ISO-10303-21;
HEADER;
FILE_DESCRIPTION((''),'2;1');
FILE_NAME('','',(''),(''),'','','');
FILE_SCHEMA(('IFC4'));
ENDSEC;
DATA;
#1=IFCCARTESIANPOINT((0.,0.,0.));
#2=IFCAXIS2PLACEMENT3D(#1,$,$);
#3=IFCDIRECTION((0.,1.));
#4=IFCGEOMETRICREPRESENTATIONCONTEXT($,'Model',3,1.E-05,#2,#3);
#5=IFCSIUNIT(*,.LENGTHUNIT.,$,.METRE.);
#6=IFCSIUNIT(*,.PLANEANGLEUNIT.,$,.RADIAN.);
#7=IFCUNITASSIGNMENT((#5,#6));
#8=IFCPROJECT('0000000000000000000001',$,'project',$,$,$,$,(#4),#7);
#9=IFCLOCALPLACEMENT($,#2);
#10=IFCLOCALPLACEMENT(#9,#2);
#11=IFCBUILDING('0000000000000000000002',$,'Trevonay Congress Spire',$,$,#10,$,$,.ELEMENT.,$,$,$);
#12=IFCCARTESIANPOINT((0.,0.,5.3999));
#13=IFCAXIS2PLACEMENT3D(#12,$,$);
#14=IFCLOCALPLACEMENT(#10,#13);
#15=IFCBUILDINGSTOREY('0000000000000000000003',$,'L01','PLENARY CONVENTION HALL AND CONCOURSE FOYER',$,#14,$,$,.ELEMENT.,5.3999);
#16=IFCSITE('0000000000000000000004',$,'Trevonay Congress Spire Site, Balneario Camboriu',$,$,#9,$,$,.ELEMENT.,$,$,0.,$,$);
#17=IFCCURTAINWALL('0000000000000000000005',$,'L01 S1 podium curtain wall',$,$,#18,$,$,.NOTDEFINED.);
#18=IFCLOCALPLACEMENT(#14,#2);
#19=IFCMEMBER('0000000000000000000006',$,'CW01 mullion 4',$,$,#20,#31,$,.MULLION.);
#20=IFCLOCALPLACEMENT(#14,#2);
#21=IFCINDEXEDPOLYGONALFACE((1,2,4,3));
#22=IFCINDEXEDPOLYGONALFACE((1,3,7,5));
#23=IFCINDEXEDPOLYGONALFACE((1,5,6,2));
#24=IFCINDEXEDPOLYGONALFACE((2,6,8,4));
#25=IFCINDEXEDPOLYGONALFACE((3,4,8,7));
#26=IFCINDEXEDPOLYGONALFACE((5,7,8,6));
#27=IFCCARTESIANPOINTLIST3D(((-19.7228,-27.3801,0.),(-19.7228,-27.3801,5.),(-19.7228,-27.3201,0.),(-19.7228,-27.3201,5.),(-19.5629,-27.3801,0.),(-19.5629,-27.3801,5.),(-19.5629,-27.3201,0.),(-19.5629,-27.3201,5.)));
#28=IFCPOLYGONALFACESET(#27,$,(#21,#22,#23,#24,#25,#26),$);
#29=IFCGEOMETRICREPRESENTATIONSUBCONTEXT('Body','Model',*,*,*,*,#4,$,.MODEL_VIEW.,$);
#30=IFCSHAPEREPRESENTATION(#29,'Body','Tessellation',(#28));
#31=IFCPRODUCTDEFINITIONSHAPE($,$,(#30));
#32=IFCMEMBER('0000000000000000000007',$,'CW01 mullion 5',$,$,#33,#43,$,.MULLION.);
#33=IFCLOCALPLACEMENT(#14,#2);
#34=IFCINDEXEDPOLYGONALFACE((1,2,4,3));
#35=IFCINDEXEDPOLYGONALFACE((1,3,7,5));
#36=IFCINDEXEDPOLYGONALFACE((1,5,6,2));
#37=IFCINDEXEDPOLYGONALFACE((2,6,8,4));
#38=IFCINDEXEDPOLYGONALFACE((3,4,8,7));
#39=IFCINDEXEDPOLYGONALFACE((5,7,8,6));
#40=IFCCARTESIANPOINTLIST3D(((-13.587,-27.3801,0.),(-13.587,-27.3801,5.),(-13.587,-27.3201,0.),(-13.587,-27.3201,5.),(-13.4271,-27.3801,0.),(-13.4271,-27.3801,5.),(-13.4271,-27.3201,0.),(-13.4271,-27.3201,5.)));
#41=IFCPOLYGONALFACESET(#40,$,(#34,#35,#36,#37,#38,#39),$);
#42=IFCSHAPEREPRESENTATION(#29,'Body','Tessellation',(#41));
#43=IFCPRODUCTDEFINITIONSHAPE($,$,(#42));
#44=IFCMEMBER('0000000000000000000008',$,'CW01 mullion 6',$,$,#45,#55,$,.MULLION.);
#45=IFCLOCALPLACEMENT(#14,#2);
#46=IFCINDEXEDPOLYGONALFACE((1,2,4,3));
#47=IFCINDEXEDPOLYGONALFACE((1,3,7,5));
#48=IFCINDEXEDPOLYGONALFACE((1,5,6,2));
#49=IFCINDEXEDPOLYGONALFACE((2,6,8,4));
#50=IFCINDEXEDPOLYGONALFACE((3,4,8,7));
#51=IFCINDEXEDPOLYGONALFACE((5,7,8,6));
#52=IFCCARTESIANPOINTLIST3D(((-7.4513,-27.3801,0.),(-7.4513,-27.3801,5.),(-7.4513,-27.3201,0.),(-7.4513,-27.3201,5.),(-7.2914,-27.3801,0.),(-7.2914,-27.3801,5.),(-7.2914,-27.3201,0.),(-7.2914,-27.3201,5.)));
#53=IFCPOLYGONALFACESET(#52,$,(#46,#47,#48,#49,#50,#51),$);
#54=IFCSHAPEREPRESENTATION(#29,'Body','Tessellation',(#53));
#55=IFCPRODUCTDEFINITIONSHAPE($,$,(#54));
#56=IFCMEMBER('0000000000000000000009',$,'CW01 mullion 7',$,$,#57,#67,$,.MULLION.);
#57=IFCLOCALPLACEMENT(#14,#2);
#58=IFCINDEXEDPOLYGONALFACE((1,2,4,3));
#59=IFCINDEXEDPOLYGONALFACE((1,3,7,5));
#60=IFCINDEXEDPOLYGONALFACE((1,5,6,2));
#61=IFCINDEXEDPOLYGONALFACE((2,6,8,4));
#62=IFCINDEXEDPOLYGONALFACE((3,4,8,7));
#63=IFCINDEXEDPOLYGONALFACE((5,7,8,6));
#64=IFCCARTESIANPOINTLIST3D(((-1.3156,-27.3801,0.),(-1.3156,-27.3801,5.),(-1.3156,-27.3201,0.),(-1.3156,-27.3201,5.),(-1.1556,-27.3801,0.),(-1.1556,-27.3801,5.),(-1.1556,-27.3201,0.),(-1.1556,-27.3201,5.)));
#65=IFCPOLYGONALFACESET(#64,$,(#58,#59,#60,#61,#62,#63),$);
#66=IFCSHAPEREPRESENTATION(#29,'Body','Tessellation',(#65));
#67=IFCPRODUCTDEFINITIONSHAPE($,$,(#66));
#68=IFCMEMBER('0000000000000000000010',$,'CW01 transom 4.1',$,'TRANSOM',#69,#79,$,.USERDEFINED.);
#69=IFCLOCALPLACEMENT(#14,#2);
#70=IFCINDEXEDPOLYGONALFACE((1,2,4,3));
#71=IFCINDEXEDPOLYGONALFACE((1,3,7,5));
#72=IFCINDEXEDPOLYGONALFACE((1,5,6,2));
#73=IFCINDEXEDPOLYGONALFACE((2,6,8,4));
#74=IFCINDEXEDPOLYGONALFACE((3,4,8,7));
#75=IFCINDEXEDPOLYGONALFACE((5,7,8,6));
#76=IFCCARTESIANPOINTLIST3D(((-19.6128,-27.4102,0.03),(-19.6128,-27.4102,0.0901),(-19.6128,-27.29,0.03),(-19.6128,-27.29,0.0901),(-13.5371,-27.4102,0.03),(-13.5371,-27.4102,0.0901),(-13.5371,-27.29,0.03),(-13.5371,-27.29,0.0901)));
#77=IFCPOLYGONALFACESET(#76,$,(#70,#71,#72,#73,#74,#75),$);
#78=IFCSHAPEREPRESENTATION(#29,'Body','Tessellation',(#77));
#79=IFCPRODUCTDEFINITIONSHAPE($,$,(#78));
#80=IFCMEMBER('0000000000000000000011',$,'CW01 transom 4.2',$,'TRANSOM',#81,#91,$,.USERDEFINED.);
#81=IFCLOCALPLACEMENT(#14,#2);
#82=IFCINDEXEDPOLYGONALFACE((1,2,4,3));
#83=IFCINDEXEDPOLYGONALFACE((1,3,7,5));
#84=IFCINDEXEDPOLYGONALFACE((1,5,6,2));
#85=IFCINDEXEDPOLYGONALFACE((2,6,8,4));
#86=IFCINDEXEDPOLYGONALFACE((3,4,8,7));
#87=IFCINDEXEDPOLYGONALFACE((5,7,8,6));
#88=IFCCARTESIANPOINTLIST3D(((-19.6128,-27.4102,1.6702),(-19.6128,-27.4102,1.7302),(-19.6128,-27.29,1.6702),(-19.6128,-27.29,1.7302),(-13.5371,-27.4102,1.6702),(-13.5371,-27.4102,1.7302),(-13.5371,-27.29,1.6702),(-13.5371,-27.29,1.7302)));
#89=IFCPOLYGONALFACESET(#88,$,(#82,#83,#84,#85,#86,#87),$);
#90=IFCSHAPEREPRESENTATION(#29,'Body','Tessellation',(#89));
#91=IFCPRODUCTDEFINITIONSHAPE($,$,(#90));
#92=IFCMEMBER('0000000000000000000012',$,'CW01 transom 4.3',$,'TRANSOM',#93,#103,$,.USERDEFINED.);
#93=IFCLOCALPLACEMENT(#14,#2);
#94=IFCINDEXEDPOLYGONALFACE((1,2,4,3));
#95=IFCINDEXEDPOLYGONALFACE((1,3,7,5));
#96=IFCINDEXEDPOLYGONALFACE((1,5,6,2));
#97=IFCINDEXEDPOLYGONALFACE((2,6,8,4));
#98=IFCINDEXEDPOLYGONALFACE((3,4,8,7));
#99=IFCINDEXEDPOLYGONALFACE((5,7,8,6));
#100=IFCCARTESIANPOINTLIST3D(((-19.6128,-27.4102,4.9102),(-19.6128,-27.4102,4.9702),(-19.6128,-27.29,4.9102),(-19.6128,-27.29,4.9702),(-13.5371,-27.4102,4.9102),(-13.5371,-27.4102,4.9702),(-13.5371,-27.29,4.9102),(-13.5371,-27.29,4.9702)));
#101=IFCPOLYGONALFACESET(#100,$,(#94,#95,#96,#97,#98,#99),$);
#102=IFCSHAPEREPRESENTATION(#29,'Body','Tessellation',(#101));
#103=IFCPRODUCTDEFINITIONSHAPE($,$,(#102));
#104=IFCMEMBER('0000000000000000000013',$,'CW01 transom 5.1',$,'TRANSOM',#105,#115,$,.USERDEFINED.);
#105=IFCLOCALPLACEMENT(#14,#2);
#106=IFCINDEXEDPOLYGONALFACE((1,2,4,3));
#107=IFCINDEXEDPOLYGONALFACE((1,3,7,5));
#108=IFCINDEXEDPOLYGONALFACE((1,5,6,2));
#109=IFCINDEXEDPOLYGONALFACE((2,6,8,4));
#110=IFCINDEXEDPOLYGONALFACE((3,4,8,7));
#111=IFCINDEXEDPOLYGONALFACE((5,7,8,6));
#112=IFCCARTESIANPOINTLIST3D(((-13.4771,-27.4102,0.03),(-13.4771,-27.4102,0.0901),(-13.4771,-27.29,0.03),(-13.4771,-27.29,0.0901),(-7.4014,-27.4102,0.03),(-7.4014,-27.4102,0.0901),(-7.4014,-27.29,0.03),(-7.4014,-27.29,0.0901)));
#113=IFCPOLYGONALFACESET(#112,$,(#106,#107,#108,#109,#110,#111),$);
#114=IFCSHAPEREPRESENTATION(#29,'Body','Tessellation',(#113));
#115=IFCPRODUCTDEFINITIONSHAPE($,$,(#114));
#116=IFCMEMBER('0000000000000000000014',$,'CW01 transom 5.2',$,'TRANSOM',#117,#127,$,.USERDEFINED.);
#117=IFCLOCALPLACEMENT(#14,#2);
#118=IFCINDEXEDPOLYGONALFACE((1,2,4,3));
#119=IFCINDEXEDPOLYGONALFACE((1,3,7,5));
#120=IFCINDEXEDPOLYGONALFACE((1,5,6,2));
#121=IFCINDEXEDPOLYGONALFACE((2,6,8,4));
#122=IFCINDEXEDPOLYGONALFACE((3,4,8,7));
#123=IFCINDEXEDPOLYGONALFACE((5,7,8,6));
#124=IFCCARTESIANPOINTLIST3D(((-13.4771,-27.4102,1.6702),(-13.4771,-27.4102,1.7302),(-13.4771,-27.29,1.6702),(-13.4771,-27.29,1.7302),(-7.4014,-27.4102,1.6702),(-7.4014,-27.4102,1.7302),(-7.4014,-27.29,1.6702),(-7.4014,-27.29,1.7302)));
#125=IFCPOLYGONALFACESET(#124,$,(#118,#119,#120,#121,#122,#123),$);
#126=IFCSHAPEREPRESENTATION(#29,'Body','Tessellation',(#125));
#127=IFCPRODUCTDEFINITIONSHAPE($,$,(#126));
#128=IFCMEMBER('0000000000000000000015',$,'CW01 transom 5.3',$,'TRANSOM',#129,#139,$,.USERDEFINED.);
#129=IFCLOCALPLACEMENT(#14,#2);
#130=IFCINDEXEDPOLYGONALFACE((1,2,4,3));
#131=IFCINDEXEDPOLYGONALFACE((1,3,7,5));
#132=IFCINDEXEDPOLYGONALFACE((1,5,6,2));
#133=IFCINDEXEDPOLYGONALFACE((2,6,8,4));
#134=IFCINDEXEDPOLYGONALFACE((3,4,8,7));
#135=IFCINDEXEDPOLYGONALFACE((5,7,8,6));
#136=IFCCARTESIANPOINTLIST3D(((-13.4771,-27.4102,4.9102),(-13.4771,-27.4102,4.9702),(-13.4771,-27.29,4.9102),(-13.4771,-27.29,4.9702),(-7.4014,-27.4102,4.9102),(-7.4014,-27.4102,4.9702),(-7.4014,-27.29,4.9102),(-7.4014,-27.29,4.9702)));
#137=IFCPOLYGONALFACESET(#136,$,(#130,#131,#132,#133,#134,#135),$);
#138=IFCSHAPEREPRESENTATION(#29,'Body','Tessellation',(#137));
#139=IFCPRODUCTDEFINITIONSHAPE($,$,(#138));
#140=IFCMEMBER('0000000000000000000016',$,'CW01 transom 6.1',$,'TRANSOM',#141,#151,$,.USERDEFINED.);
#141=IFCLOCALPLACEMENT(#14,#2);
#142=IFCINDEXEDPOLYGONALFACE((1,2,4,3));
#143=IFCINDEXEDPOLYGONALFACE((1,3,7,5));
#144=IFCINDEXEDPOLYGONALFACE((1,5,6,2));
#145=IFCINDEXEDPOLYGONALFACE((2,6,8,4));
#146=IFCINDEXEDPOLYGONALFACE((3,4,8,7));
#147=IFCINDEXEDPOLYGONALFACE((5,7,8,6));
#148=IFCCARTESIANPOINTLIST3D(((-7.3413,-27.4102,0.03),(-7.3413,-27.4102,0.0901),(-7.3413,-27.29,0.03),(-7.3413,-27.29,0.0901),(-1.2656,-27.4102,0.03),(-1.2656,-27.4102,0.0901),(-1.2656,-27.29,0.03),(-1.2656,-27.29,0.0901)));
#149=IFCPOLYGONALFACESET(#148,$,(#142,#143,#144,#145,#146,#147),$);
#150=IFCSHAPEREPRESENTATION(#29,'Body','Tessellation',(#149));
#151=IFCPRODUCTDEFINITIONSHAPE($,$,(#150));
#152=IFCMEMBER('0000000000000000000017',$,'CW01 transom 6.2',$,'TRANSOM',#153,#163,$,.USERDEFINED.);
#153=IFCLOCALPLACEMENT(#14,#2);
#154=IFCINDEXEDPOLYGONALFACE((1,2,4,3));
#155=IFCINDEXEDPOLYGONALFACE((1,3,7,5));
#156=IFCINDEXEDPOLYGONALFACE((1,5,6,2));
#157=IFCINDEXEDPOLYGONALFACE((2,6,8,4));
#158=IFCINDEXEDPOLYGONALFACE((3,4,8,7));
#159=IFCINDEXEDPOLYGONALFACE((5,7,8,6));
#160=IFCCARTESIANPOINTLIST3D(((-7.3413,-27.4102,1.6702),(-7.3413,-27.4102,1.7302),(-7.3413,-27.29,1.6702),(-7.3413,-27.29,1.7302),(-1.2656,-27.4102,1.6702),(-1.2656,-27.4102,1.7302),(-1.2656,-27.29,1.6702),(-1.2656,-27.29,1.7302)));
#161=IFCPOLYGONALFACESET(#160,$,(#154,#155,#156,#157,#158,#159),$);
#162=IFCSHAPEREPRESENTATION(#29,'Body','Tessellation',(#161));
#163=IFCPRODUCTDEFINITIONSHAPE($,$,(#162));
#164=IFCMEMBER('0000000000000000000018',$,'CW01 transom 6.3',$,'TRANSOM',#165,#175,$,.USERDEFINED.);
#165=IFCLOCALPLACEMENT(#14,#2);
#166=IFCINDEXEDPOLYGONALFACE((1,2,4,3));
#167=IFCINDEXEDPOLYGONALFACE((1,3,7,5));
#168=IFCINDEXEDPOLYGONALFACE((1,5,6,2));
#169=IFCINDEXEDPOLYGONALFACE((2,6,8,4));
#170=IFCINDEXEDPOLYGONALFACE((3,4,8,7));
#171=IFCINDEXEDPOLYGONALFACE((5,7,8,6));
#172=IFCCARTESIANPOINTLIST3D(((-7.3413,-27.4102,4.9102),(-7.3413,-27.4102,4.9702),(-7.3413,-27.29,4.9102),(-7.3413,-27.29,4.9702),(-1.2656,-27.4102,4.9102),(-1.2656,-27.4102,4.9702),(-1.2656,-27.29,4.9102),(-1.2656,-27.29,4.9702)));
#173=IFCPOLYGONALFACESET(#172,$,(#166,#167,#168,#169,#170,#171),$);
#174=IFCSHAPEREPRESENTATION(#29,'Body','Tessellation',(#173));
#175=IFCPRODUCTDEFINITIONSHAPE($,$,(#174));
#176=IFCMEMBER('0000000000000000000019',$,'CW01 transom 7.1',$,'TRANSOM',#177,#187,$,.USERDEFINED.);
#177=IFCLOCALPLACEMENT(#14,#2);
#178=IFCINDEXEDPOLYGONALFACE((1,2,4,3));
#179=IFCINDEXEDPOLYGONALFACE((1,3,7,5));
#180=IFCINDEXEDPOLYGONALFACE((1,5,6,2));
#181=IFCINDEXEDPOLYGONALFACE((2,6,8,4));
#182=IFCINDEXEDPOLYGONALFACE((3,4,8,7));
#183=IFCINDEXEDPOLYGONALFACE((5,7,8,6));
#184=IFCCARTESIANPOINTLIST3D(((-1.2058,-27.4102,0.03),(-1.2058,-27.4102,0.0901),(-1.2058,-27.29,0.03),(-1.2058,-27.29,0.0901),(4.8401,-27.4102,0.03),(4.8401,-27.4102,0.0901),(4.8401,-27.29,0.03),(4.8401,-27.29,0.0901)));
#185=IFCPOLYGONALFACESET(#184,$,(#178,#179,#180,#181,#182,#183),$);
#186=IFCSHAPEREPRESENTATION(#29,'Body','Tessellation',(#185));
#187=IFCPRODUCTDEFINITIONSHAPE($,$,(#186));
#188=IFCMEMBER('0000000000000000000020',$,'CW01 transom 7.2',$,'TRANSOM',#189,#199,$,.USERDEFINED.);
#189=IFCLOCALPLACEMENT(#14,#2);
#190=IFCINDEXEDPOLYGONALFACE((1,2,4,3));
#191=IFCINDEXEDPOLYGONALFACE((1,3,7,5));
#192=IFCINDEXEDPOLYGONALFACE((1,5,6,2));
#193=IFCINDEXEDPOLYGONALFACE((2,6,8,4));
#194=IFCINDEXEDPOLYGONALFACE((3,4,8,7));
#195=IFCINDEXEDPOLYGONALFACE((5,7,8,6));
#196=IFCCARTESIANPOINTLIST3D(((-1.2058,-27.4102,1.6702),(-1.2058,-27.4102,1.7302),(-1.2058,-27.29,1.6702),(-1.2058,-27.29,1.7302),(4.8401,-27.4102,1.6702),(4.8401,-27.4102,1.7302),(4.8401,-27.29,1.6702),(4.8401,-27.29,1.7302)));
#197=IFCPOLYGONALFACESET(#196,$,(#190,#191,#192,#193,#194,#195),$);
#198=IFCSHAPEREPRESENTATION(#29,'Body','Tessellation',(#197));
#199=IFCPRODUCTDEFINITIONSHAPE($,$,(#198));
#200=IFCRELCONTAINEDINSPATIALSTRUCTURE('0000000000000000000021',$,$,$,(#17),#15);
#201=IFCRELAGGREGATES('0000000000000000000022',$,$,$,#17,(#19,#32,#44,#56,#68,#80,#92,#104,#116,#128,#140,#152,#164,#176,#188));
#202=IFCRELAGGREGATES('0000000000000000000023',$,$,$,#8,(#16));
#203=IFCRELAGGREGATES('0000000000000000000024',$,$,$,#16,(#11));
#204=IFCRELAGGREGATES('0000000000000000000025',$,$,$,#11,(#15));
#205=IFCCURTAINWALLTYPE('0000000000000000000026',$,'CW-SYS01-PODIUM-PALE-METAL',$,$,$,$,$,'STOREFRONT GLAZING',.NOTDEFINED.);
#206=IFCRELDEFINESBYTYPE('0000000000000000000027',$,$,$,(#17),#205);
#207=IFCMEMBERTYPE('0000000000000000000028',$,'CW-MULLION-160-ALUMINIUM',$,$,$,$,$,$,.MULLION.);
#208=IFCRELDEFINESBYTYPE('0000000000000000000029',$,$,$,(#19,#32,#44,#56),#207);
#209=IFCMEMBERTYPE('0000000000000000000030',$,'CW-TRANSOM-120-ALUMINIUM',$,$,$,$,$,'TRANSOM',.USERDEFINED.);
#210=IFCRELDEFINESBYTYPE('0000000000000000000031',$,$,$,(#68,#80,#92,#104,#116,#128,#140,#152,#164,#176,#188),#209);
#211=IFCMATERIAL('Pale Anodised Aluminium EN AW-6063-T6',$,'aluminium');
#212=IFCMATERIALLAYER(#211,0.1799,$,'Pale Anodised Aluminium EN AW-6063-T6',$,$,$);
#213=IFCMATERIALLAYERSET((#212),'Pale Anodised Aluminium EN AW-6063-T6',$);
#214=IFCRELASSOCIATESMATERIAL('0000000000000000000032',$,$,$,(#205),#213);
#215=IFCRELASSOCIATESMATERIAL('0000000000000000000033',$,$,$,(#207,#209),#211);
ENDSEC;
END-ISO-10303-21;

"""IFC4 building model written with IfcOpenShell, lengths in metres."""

from ifc_helpers import new_model, si_unit, direction, frame, origin, origin_2d, place, context, subcontext, project, spatial, rectangle, extrude, material, layer, layer_set, material_profile, profile_set, type_object, element, aggregate, save


model = new_model("IFC4")

# Units and contexts
model_context = context("Model", 3, precision=1e-05, world=origin(), true_north=direction((0.0, 1.0)))
body_context = subcontext(model_context, "Body", "Model", "MODEL_VIEW")
ifc_project = project(units=[si_unit("LENGTHUNIT", "METRE"), si_unit("PLANEANGLEUNIT", "RADIAN")], contexts=[model_context])

# Site, building, storey
site_placement = place(None, origin())
site = spatial("IfcSite", under=ifc_project, at=site_placement, Name="Trevonay Congress Spire Site, Balneario Camboriu", CompositionType="ELEMENT", RefElevation=0.0)
building_placement = place(site_placement, origin())
building = spatial("IfcBuilding", under=site, at=building_placement, Name="Trevonay Congress Spire", CompositionType="ELEMENT")
storey_placement = place(building_placement, frame((0.0, 0.0, 5.3999)))
storey = spatial("IfcBuildingStorey", under=building, at=storey_placement, Name="L01", Description="PLENARY CONVENTION HALL AND CONCOURSE FOYER", CompositionType="ELEMENT", Elevation=5.3999)

# Curtain wall, members
ifc_material_1 = material(Name="Pale Anodised Aluminium EN AW-6063-T6", Category="aluminium")
ifc_layer_1 = layer(ifc_material_1, 0.1799, Name="Pale Anodised Aluminium EN AW-6063-T6")
ifc_layer_set_1 = layer_set([ifc_layer_1], Name="Pale Anodised Aluminium EN AW-6063-T6")
curtain_wall_type = type_object("IfcCurtainWallType", Name="CW-SYS01-PODIUM-PALE-METAL", ElementType="STOREFRONT GLAZING", PredefinedType="NOTDEFINED", material=ifc_layer_set_1)
curtain_wall_placement = place(storey_placement, origin())
curtain_wall = element("IfcCurtainWall", 1, at=curtain_wall_placement, inside=storey, type_object=curtain_wall_type, Name="L01 S1 podium curtain wall", PredefinedType="NOTDEFINED")
ifc_material_profile_1 = material_profile(ifc_material_1, rectangle(XDim=0.0601, YDim=0.1599, at=origin_2d()), Name="CW-MULLION-160-ALUMINIUM")
ifc_profile_set_1 = profile_set([ifc_material_profile_1], Name="Pale Anodised Aluminium EN AW-6063-T6")
member_type_1 = type_object("IfcMemberType", Name="CW-MULLION-160-ALUMINIUM", PredefinedType="MULLION", material=ifc_profile_set_1)
member_1_placement = place(storey_placement, frame((-19.6428, -27.3501, 0.0), z_axis=(0.0, 0.0, 1.0), x_axis=(0.0, 1.0, 0.0)))
member_1 = element("IfcMember", 2, at=member_1_placement, type_object=member_type_1, Name="CW01 mullion 4", PredefinedType="MULLION", context=body_context, shape_type="SweptSolid", body=[
    extrude(rectangle(XDim=0.0601, YDim=0.1599, at=origin_2d()), origin(), (0.0, 0.0, 1.0), 5.0),
])
member_2_placement = place(storey_placement, frame((-13.5071, -27.3501, 0.0), z_axis=(0.0, 0.0, 1.0), x_axis=(0.0, 1.0, 0.0)))
member_2 = element("IfcMember", 3, at=member_2_placement, type_object=member_type_1, Name="CW01 mullion 5", PredefinedType="MULLION", context=body_context, shape_type="SweptSolid", body=[
    extrude(rectangle(XDim=0.0601, YDim=0.1599, at=origin_2d()), origin(), (0.0, 0.0, 1.0), 5.0),
])
member_3_placement = place(storey_placement, frame((-7.3713, -27.3501, 0.0), z_axis=(0.0, 0.0, 1.0), x_axis=(0.0, 1.0, 0.0)))
member_3 = element("IfcMember", 4, at=member_3_placement, type_object=member_type_1, Name="CW01 mullion 6", PredefinedType="MULLION", context=body_context, shape_type="SweptSolid", body=[
    extrude(rectangle(XDim=0.0601, YDim=0.1599, at=origin_2d()), origin(), (0.0, 0.0, 1.0), 5.0),
])
member_4_placement = place(storey_placement, frame((-1.2356, -27.3501, 0.0), z_axis=(0.0, 0.0, 1.0), x_axis=(0.0, 1.0, 0.0)))
member_4 = element("IfcMember", 5, at=member_4_placement, type_object=member_type_1, Name="CW01 mullion 7", PredefinedType="MULLION", context=body_context, shape_type="SweptSolid", body=[
    extrude(rectangle(XDim=0.0601, YDim=0.1599, at=origin_2d()), origin(), (0.0, 0.0, 1.0), 5.0),
])
ifc_material_profile_2 = material_profile(ifc_material_1, rectangle(XDim=0.1201, YDim=0.0601, at=origin_2d()), Name="CW-TRANSOM-120-ALUMINIUM")
ifc_profile_set_2 = profile_set([ifc_material_profile_2], Name="Pale Anodised Aluminium EN AW-6063-T6")
member_type_2 = type_object("IfcMemberType", Name="CW-TRANSOM-120-ALUMINIUM", ElementType="TRANSOM", PredefinedType="USERDEFINED", material=ifc_profile_set_2)
member_5_placement = place(storey_placement, frame((-19.6128, -27.3501, 0.0601), z_axis=(1.0, 0.0, 0.0), x_axis=(0.0, 1.0, 0.0)))
member_5 = element("IfcMember", 6, at=member_5_placement, type_object=member_type_2, Name="CW01 transom 4.1", ObjectType="TRANSOM", PredefinedType="USERDEFINED", context=body_context, shape_type="SweptSolid", body=[
    extrude(rectangle(XDim=0.1201, YDim=0.0601, at=origin_2d()), origin(), (0.0, 0.0, 1.0), 6.0757),
])
member_6_placement = place(storey_placement, frame((-19.6128, -27.3501, 1.7002), z_axis=(1.0, 0.0, 0.0), x_axis=(0.0, 1.0, 0.0)))
member_6 = element("IfcMember", 7, at=member_6_placement, type_object=member_type_2, Name="CW01 transom 4.2", ObjectType="TRANSOM", PredefinedType="USERDEFINED", context=body_context, shape_type="SweptSolid", body=[
    extrude(rectangle(XDim=0.1201, YDim=0.0601, at=origin_2d()), origin(), (0.0, 0.0, 1.0), 6.0757),
])
member_7_placement = place(storey_placement, frame((-19.6128, -27.3501, 4.9402), z_axis=(1.0, 0.0, 0.0), x_axis=(0.0, 1.0, 0.0)))
member_7 = element("IfcMember", 8, at=member_7_placement, type_object=member_type_2, Name="CW01 transom 4.3", ObjectType="TRANSOM", PredefinedType="USERDEFINED", context=body_context, shape_type="SweptSolid", body=[
    extrude(rectangle(XDim=0.1201, YDim=0.0601, at=origin_2d()), origin(), (0.0, 0.0, 1.0), 6.0757),
])
member_8_placement = place(storey_placement, frame((-13.4771, -27.3501, 0.0601), z_axis=(1.0, 0.0, 0.0), x_axis=(0.0, 1.0, 0.0)))
member_8 = element("IfcMember", 9, at=member_8_placement, type_object=member_type_2, Name="CW01 transom 5.1", ObjectType="TRANSOM", PredefinedType="USERDEFINED", context=body_context, shape_type="SweptSolid", body=[
    extrude(rectangle(XDim=0.1201, YDim=0.0601, at=origin_2d()), origin(), (0.0, 0.0, 1.0), 6.0757),
])
member_9_placement = place(storey_placement, frame((-13.4771, -27.3501, 1.7002), z_axis=(1.0, 0.0, 0.0), x_axis=(0.0, 1.0, 0.0)))
member_9 = element("IfcMember", 10, at=member_9_placement, type_object=member_type_2, Name="CW01 transom 5.2", ObjectType="TRANSOM", PredefinedType="USERDEFINED", context=body_context, shape_type="SweptSolid", body=[
    extrude(rectangle(XDim=0.1201, YDim=0.0601, at=origin_2d()), origin(), (0.0, 0.0, 1.0), 6.0757),
])
member_10_placement = place(storey_placement, frame((-13.4771, -27.3501, 4.9402), z_axis=(1.0, 0.0, 0.0), x_axis=(0.0, 1.0, 0.0)))
member_10 = element("IfcMember", 11, at=member_10_placement, type_object=member_type_2, Name="CW01 transom 5.3", ObjectType="TRANSOM", PredefinedType="USERDEFINED", context=body_context, shape_type="SweptSolid", body=[
    extrude(rectangle(XDim=0.1201, YDim=0.0601, at=origin_2d()), origin(), (0.0, 0.0, 1.0), 6.0757),
])
member_11_placement = place(storey_placement, frame((-7.3413, -27.3501, 0.0601), z_axis=(1.0, 0.0, 0.0), x_axis=(0.0, 1.0, 0.0)))
member_11 = element("IfcMember", 12, at=member_11_placement, type_object=member_type_2, Name="CW01 transom 6.1", ObjectType="TRANSOM", PredefinedType="USERDEFINED", context=body_context, shape_type="SweptSolid", body=[
    extrude(rectangle(XDim=0.1201, YDim=0.0601, at=origin_2d()), origin(), (0.0, 0.0, 1.0), 6.0757),
])
member_12_placement = place(storey_placement, frame((-7.3413, -27.3501, 1.7002), z_axis=(1.0, 0.0, 0.0), x_axis=(0.0, 1.0, 0.0)))
member_12 = element("IfcMember", 13, at=member_12_placement, type_object=member_type_2, Name="CW01 transom 6.2", ObjectType="TRANSOM", PredefinedType="USERDEFINED", context=body_context, shape_type="SweptSolid", body=[
    extrude(rectangle(XDim=0.1201, YDim=0.0601, at=origin_2d()), origin(), (0.0, 0.0, 1.0), 6.0757),
])
member_13_placement = place(storey_placement, frame((-7.3413, -27.3501, 4.9402), z_axis=(1.0, 0.0, 0.0), x_axis=(0.0, 1.0, 0.0)))
member_13 = element("IfcMember", 14, at=member_13_placement, type_object=member_type_2, Name="CW01 transom 6.3", ObjectType="TRANSOM", PredefinedType="USERDEFINED", context=body_context, shape_type="SweptSolid", body=[
    extrude(rectangle(XDim=0.1201, YDim=0.0601, at=origin_2d()), origin(), (0.0, 0.0, 1.0), 6.0757),
])
member_14_placement = place(storey_placement, frame((-1.2058, -27.3501, 0.0601), z_axis=(1.0, 0.0, 0.0), x_axis=(0.0, 1.0, 0.0)))
member_14 = element("IfcMember", 15, at=member_14_placement, type_object=member_type_2, Name="CW01 transom 7.1", ObjectType="TRANSOM", PredefinedType="USERDEFINED", context=body_context, shape_type="SweptSolid", body=[
    extrude(rectangle(XDim=0.1201, YDim=0.0601, at=origin_2d()), origin(), (0.0, 0.0, 1.0), 6.0459),
])
member_15_placement = place(storey_placement, frame((-1.2058, -27.3501, 1.7002), z_axis=(1.0, 0.0, 0.0), x_axis=(0.0, 1.0, 0.0)))
member_15 = element("IfcMember", 16, at=member_15_placement, type_object=member_type_2, Name="CW01 transom 7.2", ObjectType="TRANSOM", PredefinedType="USERDEFINED", context=body_context, shape_type="SweptSolid", body=[
    extrude(rectangle(XDim=0.1201, YDim=0.0601, at=origin_2d()), origin(), (0.0, 0.0, 1.0), 6.0459),
])

aggregate(curtain_wall, [member_1, member_2, member_3, member_4, member_5, member_6, member_7, member_8, member_9, member_10, member_11, member_12, member_13, member_14, member_15])

save(model, "model.ifc")
